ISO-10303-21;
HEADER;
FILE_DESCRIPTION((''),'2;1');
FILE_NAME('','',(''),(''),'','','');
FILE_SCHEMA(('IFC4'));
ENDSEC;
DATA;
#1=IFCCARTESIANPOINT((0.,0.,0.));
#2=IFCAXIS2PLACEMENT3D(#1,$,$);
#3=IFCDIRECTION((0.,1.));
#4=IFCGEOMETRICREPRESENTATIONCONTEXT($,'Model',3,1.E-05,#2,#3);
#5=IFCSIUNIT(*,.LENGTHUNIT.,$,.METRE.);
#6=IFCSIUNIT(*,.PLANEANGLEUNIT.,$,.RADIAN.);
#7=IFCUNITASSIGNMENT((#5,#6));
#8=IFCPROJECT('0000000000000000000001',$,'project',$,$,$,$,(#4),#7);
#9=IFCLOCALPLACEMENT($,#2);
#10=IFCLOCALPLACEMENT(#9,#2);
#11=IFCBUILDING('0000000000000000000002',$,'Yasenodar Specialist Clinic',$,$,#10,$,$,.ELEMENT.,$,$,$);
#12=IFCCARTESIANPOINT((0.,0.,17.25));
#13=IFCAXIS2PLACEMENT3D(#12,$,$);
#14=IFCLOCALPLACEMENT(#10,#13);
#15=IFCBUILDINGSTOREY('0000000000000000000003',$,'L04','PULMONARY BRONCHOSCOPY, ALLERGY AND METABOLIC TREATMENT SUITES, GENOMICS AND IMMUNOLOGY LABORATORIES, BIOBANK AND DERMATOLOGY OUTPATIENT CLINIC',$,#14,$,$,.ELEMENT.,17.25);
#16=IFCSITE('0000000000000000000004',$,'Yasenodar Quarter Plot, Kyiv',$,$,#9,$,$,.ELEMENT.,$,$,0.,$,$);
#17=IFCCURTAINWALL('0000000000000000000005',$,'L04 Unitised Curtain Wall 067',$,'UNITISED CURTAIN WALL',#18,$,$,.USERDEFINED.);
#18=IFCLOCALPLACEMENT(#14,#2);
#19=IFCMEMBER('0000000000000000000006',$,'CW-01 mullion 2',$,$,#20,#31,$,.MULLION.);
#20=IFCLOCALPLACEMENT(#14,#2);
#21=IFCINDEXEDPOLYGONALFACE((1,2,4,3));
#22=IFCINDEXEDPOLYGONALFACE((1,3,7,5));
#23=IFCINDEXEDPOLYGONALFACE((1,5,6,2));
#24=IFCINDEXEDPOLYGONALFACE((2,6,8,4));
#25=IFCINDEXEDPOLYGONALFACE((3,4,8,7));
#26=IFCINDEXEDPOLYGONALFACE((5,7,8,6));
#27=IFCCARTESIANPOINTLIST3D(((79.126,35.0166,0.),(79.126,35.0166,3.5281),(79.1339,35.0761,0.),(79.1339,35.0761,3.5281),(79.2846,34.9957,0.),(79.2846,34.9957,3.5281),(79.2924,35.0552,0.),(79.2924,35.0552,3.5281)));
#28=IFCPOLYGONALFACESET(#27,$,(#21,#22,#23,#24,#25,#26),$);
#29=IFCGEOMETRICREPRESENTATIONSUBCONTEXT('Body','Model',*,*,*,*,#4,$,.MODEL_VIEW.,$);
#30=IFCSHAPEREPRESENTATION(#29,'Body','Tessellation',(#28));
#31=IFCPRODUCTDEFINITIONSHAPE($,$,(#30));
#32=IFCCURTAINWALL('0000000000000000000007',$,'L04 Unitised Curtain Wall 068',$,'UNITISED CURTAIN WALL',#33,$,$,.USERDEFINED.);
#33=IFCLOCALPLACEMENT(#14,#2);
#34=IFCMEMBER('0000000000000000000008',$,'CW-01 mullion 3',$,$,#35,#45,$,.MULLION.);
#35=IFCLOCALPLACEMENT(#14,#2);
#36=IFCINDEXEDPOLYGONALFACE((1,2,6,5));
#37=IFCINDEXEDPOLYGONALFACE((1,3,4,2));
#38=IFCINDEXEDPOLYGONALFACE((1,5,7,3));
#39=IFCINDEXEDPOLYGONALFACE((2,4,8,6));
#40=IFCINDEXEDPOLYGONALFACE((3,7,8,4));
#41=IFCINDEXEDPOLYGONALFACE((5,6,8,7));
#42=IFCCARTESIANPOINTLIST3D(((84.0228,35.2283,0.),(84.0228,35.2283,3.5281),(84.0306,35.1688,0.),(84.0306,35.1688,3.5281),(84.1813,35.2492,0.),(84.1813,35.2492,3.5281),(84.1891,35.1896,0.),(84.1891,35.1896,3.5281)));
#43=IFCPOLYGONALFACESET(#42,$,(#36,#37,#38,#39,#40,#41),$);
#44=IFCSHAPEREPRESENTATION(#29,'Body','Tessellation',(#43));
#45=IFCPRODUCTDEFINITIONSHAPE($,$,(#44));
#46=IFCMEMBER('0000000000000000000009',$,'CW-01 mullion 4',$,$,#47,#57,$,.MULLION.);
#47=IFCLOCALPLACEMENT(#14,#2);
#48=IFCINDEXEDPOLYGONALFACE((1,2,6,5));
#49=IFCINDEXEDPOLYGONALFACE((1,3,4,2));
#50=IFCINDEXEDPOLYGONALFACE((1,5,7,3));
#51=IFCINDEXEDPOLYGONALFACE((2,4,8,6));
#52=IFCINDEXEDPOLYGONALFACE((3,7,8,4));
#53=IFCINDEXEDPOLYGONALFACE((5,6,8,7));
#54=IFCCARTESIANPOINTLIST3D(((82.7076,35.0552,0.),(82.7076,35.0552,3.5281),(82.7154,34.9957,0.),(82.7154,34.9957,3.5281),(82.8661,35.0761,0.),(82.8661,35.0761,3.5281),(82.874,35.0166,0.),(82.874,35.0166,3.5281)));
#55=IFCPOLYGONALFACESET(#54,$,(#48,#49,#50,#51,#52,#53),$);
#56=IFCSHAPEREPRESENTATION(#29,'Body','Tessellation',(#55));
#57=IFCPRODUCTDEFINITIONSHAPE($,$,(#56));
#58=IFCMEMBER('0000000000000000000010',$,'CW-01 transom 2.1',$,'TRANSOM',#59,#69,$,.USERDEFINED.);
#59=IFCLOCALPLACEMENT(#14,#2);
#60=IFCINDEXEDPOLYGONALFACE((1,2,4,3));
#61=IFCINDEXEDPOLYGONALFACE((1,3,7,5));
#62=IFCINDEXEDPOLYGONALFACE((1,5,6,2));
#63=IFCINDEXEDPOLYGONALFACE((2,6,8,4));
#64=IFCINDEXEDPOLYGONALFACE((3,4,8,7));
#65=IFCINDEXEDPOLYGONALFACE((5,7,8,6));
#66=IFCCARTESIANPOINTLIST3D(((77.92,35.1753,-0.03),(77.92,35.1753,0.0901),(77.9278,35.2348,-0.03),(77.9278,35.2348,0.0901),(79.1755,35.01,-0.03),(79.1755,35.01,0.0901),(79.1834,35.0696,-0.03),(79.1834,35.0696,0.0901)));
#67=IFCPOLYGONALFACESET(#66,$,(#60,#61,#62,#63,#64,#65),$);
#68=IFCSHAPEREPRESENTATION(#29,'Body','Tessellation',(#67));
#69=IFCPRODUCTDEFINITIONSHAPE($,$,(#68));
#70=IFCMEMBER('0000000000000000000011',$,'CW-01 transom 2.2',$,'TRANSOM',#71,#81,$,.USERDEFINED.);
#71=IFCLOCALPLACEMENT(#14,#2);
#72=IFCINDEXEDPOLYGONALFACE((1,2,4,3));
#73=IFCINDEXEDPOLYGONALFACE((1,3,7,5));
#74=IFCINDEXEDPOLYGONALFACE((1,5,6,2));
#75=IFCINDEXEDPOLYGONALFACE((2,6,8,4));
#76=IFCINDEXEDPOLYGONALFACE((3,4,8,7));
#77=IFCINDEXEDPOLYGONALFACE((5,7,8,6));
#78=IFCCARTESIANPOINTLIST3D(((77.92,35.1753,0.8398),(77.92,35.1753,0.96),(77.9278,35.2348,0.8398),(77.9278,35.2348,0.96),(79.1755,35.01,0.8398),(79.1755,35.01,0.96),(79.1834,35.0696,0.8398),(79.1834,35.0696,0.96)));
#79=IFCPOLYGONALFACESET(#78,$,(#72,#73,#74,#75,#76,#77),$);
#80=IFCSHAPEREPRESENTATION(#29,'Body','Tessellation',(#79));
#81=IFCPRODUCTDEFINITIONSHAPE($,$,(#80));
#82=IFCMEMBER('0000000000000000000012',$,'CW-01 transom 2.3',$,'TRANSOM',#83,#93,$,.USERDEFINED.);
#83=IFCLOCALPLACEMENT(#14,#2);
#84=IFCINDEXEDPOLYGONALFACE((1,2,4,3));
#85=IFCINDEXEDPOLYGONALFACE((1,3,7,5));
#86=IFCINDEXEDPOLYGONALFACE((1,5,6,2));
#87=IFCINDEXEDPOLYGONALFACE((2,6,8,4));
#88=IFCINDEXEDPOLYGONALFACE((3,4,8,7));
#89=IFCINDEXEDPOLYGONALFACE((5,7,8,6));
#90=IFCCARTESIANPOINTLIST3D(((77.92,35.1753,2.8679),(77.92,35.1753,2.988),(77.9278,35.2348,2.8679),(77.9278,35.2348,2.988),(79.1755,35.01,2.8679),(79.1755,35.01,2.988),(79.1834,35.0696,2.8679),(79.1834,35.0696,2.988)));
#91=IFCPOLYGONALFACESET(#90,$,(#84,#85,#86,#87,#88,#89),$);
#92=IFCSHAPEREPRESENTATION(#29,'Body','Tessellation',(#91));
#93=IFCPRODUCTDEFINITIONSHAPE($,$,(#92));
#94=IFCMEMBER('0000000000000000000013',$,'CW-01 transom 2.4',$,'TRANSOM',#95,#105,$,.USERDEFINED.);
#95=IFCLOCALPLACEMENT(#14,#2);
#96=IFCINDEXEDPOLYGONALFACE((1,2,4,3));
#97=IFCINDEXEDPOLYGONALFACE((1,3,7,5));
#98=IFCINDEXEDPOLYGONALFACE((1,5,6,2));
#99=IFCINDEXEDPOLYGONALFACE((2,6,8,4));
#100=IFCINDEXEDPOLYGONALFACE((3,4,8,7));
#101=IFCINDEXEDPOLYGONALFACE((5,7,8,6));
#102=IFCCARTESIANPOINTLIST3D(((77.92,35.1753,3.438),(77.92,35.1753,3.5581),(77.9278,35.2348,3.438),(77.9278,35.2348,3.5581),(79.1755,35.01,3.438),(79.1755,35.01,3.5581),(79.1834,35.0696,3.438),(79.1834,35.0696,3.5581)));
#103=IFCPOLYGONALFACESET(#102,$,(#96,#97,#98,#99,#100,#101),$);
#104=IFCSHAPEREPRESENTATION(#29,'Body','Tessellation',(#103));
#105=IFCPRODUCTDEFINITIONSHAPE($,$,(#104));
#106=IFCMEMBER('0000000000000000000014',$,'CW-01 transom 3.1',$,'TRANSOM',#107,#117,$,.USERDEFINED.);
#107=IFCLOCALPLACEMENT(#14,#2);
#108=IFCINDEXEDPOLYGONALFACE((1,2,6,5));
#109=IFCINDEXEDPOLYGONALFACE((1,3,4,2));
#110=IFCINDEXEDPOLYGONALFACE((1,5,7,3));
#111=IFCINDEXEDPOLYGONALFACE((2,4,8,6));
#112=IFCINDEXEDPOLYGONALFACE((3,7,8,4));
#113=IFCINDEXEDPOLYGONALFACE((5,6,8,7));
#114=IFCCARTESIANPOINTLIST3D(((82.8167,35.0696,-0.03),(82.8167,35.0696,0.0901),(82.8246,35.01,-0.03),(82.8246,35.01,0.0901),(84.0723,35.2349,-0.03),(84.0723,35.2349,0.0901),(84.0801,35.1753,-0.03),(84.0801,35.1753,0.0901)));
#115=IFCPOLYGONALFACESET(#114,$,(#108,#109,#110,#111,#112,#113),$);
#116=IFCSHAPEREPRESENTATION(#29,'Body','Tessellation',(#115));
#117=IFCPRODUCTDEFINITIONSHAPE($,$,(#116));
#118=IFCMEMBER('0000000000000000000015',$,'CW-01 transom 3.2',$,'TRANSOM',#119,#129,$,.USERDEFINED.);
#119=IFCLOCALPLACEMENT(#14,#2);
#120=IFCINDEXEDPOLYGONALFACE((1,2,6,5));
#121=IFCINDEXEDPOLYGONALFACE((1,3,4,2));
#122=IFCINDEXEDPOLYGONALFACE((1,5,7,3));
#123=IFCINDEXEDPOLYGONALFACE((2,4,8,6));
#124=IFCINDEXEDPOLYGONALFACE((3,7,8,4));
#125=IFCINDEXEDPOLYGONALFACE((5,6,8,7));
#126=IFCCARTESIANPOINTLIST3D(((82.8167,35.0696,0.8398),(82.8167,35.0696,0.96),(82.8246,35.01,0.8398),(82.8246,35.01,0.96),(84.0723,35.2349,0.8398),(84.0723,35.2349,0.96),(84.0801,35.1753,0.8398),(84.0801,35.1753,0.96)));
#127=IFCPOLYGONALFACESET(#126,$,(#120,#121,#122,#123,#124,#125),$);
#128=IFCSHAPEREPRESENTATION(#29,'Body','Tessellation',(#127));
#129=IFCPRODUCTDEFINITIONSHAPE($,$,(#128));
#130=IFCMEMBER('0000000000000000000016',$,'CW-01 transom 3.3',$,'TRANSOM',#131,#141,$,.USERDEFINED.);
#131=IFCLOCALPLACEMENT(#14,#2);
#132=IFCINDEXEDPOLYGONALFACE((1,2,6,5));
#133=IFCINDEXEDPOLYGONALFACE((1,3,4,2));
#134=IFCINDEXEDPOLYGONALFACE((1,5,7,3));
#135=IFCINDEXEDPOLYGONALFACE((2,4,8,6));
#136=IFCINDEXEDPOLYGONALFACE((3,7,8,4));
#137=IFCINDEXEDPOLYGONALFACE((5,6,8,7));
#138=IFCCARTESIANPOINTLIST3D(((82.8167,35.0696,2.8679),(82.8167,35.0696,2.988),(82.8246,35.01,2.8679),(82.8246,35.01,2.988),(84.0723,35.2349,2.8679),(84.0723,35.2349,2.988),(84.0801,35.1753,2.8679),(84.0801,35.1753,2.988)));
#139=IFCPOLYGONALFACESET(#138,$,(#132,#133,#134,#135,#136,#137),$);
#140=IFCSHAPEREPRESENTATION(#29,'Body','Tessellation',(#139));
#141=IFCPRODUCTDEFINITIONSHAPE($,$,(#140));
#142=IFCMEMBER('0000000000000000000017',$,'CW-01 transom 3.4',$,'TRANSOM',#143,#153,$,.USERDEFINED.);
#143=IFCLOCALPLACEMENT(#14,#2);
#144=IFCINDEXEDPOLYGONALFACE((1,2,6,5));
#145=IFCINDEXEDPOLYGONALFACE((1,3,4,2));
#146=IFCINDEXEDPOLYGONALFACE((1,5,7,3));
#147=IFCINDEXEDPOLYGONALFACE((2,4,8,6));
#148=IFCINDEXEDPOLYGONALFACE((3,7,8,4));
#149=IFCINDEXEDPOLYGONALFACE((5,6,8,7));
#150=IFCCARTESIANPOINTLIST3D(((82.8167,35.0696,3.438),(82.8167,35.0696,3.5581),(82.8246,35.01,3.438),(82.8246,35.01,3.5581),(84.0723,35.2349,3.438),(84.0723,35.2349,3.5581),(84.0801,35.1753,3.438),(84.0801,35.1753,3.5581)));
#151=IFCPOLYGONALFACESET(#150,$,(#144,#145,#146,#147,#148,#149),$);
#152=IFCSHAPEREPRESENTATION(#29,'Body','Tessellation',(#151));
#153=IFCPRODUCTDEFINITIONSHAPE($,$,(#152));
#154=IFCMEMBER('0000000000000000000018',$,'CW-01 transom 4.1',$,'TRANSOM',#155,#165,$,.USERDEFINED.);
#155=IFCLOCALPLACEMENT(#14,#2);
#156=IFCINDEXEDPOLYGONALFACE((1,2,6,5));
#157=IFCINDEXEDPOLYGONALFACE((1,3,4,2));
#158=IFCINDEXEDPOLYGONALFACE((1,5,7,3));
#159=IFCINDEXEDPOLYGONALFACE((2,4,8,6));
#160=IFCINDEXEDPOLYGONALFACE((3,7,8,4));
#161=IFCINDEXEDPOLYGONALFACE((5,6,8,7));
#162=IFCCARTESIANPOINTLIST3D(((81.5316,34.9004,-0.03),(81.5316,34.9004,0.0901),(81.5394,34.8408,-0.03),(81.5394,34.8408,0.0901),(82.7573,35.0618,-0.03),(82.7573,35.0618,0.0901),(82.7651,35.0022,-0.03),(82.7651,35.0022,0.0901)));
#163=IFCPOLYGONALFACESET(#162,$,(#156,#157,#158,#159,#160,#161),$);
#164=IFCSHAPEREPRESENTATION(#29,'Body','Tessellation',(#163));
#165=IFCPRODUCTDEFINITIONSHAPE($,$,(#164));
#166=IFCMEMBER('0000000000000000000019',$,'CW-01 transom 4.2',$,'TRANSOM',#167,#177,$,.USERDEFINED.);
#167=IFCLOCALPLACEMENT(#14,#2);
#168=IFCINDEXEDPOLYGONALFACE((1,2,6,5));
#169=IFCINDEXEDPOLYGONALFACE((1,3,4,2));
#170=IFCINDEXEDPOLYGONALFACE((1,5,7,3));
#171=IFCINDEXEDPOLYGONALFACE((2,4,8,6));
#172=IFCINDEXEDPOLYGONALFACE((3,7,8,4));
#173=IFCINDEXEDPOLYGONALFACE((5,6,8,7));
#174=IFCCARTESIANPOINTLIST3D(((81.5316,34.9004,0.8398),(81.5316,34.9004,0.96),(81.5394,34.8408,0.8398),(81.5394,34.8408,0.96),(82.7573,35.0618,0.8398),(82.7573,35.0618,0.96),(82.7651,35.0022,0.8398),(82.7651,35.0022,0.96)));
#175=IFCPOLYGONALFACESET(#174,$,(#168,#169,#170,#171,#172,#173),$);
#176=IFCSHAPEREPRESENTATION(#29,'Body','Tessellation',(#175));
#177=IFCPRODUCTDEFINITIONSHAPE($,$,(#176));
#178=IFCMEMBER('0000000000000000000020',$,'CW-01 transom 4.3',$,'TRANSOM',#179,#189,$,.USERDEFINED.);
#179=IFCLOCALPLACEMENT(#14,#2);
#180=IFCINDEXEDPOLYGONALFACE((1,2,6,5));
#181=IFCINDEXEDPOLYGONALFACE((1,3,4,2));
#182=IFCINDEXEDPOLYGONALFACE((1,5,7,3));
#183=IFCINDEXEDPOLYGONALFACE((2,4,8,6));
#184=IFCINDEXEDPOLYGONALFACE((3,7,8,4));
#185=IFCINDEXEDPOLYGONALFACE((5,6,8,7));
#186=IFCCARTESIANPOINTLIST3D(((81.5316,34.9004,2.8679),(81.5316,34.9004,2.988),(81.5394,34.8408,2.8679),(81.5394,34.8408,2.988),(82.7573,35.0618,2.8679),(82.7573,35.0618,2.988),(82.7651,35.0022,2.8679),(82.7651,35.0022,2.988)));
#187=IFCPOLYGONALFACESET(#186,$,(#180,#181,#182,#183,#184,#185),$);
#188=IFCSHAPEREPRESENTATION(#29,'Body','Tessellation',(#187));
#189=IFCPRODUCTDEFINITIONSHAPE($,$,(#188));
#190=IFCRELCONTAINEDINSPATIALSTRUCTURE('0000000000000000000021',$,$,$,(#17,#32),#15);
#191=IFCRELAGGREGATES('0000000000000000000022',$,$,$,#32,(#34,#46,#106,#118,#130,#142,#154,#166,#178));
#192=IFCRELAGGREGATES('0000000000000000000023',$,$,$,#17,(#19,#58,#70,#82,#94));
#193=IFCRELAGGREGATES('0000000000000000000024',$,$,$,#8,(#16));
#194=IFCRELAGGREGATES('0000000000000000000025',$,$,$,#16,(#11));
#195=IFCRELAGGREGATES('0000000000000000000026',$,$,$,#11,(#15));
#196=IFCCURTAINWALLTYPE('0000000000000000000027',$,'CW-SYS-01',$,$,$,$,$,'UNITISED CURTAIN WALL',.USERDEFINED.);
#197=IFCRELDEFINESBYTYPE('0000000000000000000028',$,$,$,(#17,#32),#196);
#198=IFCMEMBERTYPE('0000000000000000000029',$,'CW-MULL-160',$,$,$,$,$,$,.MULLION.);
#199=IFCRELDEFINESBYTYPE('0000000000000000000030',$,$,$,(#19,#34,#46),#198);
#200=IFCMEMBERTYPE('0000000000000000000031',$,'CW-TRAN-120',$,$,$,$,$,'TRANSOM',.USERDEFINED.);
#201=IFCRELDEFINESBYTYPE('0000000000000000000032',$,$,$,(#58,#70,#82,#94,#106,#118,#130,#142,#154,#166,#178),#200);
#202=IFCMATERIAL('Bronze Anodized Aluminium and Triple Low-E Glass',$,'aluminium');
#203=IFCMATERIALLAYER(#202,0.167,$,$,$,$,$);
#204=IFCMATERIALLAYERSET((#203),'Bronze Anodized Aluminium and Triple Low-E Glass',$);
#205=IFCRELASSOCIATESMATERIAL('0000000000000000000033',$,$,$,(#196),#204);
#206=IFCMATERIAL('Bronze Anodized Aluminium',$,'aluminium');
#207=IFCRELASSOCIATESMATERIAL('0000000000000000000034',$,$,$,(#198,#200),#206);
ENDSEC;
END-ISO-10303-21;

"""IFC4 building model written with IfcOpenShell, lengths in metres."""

from ifc_helpers import new_model, si_unit, direction, frame, origin, origin_2d, place, context, subcontext, project, spatial, rectangle, extrude, material, layer, layer_set, material_profile, profile_set, type_object, element, aggregate, save


model = new_model("IFC4")

# Units and contexts
model_context = context("Model", 3, precision=1e-05, world=origin(), true_north=direction((0.0, 1.0)))
body_context = subcontext(model_context, "Body", "Model", "MODEL_VIEW")
ifc_project = project(units=[si_unit("LENGTHUNIT", "METRE"), si_unit("PLANEANGLEUNIT", "RADIAN")], contexts=[model_context])

# Site, building, storey
site_placement = place(None, origin())
site = spatial("IfcSite", under=ifc_project, at=site_placement, Name="Yasenodar Quarter Plot, Kyiv", CompositionType="ELEMENT", RefElevation=0.0)
building_placement = place(site_placement, origin())
building = spatial("IfcBuilding", under=site, at=building_placement, Name="Yasenodar Specialist Clinic", CompositionType="ELEMENT")
storey_placement = place(building_placement, frame((0.0, 0.0, 17.25)))
storey = spatial("IfcBuildingStorey", under=building, at=storey_placement, Name="L04", Description="PULMONARY BRONCHOSCOPY, ALLERGY AND METABOLIC TREATMENT SUITES, GENOMICS AND IMMUNOLOGY LABORATORIES, BIOBANK AND DERMATOLOGY OUTPATIENT CLINIC", CompositionType="ELEMENT", Elevation=17.25)

# Curtain wall, member
ifc_material_1 = material(Name="Bronze Anodized Aluminium and Triple Low-E Glass", Category="aluminium")
ifc_layer_1 = layer(ifc_material_1, 0.167)
ifc_layer_set_1 = layer_set([ifc_layer_1], Name="Bronze Anodized Aluminium and Triple Low-E Glass")
curtain_wall_type = type_object("IfcCurtainWallType", Name="CW-SYS-01", ElementType="UNITISED CURTAIN WALL", PredefinedType="USERDEFINED", material=ifc_layer_set_1)
curtain_wall_1_placement = place(storey_placement, origin())
curtain_wall_1 = element("IfcCurtainWall", 1, at=curtain_wall_1_placement, inside=storey, type_object=curtain_wall_type, Name="L04 Unitised Curtain Wall 067", ObjectType="UNITISED CURTAIN WALL", PredefinedType="USERDEFINED")
ifc_material_2 = material(Name="Bronze Anodized Aluminium", Category="aluminium")
ifc_material_profile_1 = material_profile(ifc_material_2, rectangle(XDim=0.0601, YDim=0.1599, at=origin_2d()), Name="CW-MULL 60x160")
ifc_profile_set_1 = profile_set([ifc_material_profile_1], Name="Bronze Anodized Aluminium")
member_type_1 = type_object("IfcMemberType", Name="CW-MULL-160", PredefinedType="MULLION", material=ifc_profile_set_1)
member_1_placement = place(storey_placement, frame((79.2092, 35.0359, 0.0), z_axis=(0.0, 0.0, 1.0), x_axis=(-0.130512, -0.991447, 0.0)))
member_1 = element("IfcMember", 2, at=member_1_placement, type_object=member_type_1, Name="CW-01 mullion 2", PredefinedType="MULLION", context=body_context, shape_type="SweptSolid", body=[
    extrude(rectangle(XDim=0.0601, YDim=0.1599, at=origin_2d()), origin(), (0.0, 0.0, 1.0), 3.5281),
])

# Curtain wall, members
curtain_wall_2_placement = place(storey_placement, origin())
curtain_wall_2 = element("IfcCurtainWall", 3, at=curtain_wall_2_placement, inside=storey, type_object=curtain_wall_type, Name="L04 Unitised Curtain Wall 068", ObjectType="UNITISED CURTAIN WALL", PredefinedType="USERDEFINED")
member_2_placement = place(storey_placement, frame((84.106, 35.209, 0.0), z_axis=(0.0, 0.0, 1.0), x_axis=(0.130512, -0.991447, 0.0)))
member_2 = element("IfcMember", 4, at=member_2_placement, type_object=member_type_1, Name="CW-01 mullion 3", PredefinedType="MULLION", context=body_context, shape_type="SweptSolid", body=[
    extrude(rectangle(XDim=0.0601, YDim=0.1599, at=origin_2d()), origin(), (0.0, 0.0, 1.0), 3.5281),
])
member_3_placement = place(storey_placement, frame((82.7908, 35.0359, 0.0), z_axis=(0.0, 0.0, 1.0), x_axis=(0.130512, -0.991447, 0.0)))
member_3 = element("IfcMember", 5, at=member_3_placement, type_object=member_type_1, Name="CW-01 mullion 4", PredefinedType="MULLION", context=body_context, shape_type="SweptSolid", body=[
    extrude(rectangle(XDim=0.0601, YDim=0.1599, at=origin_2d()), origin(), (0.0, 0.0, 1.0), 3.5281),
])

# Members
ifc_material_profile_2 = material_profile(ifc_material_2, rectangle(XDim=0.0601, YDim=0.1201, at=origin_2d()), Name="CW-TRAN 60x120")
ifc_profile_set_2 = profile_set([ifc_material_profile_2], Name="Bronze Anodized Aluminium")
member_type_2 = type_object("IfcMemberType", Name="CW-TRAN-120", ElementType="TRANSOM", PredefinedType="USERDEFINED", material=ifc_profile_set_2)
member_4_placement = place(storey_placement, frame((79.1794, 35.0398, 0.03), z_axis=(-0.991447, 0.130509, 0.0), x_axis=(-0.130509, -0.991447, 0.0)))
member_4 = element("IfcMember", 6, at=member_4_placement, type_object=member_type_2, Name="CW-01 transom 2.1", ObjectType="TRANSOM", PredefinedType="USERDEFINED", context=body_context, shape_type="SweptSolid", body=[
    extrude(rectangle(XDim=0.0601, YDim=0.1201, at=origin_2d()), origin(), (0.0, 0.0, 1.0), 1.2664),
])
member_5_placement = place(storey_placement, frame((79.1794, 35.0398, 0.8999), z_axis=(-0.991447, 0.130509, 0.0), x_axis=(-0.130509, -0.991447, 0.0)))
member_5 = element("IfcMember", 7, at=member_5_placement, type_object=member_type_2, Name="CW-01 transom 2.2", ObjectType="TRANSOM", PredefinedType="USERDEFINED", context=body_context, shape_type="SweptSolid", body=[
    extrude(rectangle(XDim=0.0601, YDim=0.1201, at=origin_2d()), origin(), (0.0, 0.0, 1.0), 1.2664),
])
member_6_placement = place(storey_placement, frame((79.1794, 35.0398, 2.928), z_axis=(-0.991447, 0.130509, 0.0), x_axis=(-0.130509, -0.991447, 0.0)))
member_6 = element("IfcMember", 8, at=member_6_placement, type_object=member_type_2, Name="CW-01 transom 2.3", ObjectType="TRANSOM", PredefinedType="USERDEFINED", context=body_context, shape_type="SweptSolid", body=[
    extrude(rectangle(XDim=0.0601, YDim=0.1201, at=origin_2d()), origin(), (0.0, 0.0, 1.0), 1.2664),
])
member_7_placement = place(storey_placement, frame((79.1794, 35.0398, 3.498), z_axis=(-0.991447, 0.130509, 0.0), x_axis=(-0.130509, -0.991447, 0.0)))
member_7 = element("IfcMember", 9, at=member_7_placement, type_object=member_type_2, Name="CW-01 transom 2.4", ObjectType="TRANSOM", PredefinedType="USERDEFINED", context=body_context, shape_type="SweptSolid", body=[
    extrude(rectangle(XDim=0.0601, YDim=0.1201, at=origin_2d()), origin(), (0.0, 0.0, 1.0), 1.2664),
])
member_8_placement = place(storey_placement, frame((84.0762, 35.2051, 0.03), z_axis=(-0.991447, -0.130509, 0.0), x_axis=(0.130509, -0.991447, 0.0)))
member_8 = element("IfcMember", 10, at=member_8_placement, type_object=member_type_2, Name="CW-01 transom 3.1", ObjectType="TRANSOM", PredefinedType="USERDEFINED", context=body_context, shape_type="SweptSolid", body=[
    extrude(rectangle(XDim=0.0601, YDim=0.1201, at=origin_2d()), origin(), (0.0, 0.0, 1.0), 1.2664),
])
member_9_placement = place(storey_placement, frame((84.0762, 35.2051, 0.8999), z_axis=(-0.991447, -0.130509, 0.0), x_axis=(0.130509, -0.991447, 0.0)))
member_9 = element("IfcMember", 11, at=member_9_placement, type_object=member_type_2, Name="CW-01 transom 3.2", ObjectType="TRANSOM", PredefinedType="USERDEFINED", context=body_context, shape_type="SweptSolid", body=[
    extrude(rectangle(XDim=0.0601, YDim=0.1201, at=origin_2d()), origin(), (0.0, 0.0, 1.0), 1.2664),
])
member_10_placement = place(storey_placement, frame((84.0762, 35.2051, 2.928), z_axis=(-0.991447, -0.130509, 0.0), x_axis=(0.130509, -0.991447, 0.0)))
member_10 = element("IfcMember", 12, at=member_10_placement, type_object=member_type_2, Name="CW-01 transom 3.3", ObjectType="TRANSOM", PredefinedType="USERDEFINED", context=body_context, shape_type="SweptSolid", body=[
    extrude(rectangle(XDim=0.0601, YDim=0.1201, at=origin_2d()), origin(), (0.0, 0.0, 1.0), 1.2664),
])
member_11_placement = place(storey_placement, frame((84.0762, 35.2051, 3.498), z_axis=(-0.991447, -0.130509, 0.0), x_axis=(0.130509, -0.991447, 0.0)))
member_11 = element("IfcMember", 13, at=member_11_placement, type_object=member_type_2, Name="CW-01 transom 3.4", ObjectType="TRANSOM", PredefinedType="USERDEFINED", context=body_context, shape_type="SweptSolid", body=[
    extrude(rectangle(XDim=0.0601, YDim=0.1201, at=origin_2d()), origin(), (0.0, 0.0, 1.0), 1.2664),
])
member_12_placement = place(storey_placement, frame((82.7612, 35.032, 0.03), z_axis=(-0.991446, -0.130521, 0.0), x_axis=(0.130521, -0.991446, 0.0)))
member_12 = element("IfcMember", 14, at=member_12_placement, type_object=member_type_2, Name="CW-01 transom 4.1", ObjectType="TRANSOM", PredefinedType="USERDEFINED", context=body_context, shape_type="SweptSolid", body=[
    extrude(rectangle(XDim=0.0601, YDim=0.1201, at=origin_2d()), origin(), (0.0, 0.0, 1.0), 1.2363),
])
member_13_placement = place(storey_placement, frame((82.7612, 35.032, 0.8999), z_axis=(-0.991446, -0.130521, 0.0), x_axis=(0.130521, -0.991446, 0.0)))
member_13 = element("IfcMember", 15, at=member_13_placement, type_object=member_type_2, Name="CW-01 transom 4.2", ObjectType="TRANSOM", PredefinedType="USERDEFINED", context=body_context, shape_type="SweptSolid", body=[
    extrude(rectangle(XDim=0.0601, YDim=0.1201, at=origin_2d()), origin(), (0.0, 0.0, 1.0), 1.2363),
])
member_14_placement = place(storey_placement, frame((82.7612, 35.032, 2.928), z_axis=(-0.991446, -0.130521, 0.0), x_axis=(0.130521, -0.991446, 0.0)))
member_14 = element("IfcMember", 16, at=member_14_placement, type_object=member_type_2, Name="CW-01 transom 4.3", ObjectType="TRANSOM", PredefinedType="USERDEFINED", context=body_context, shape_type="SweptSolid", body=[
    extrude(rectangle(XDim=0.0601, YDim=0.1201, at=origin_2d()), origin(), (0.0, 0.0, 1.0), 1.2363),
])

aggregate(curtain_wall_2, [member_2, member_3, member_8, member_9, member_10, member_11, member_12, member_13, member_14])
aggregate(curtain_wall_1, [member_1, member_4, member_5, member_6, member_7])

save(model, "model.ifc")
